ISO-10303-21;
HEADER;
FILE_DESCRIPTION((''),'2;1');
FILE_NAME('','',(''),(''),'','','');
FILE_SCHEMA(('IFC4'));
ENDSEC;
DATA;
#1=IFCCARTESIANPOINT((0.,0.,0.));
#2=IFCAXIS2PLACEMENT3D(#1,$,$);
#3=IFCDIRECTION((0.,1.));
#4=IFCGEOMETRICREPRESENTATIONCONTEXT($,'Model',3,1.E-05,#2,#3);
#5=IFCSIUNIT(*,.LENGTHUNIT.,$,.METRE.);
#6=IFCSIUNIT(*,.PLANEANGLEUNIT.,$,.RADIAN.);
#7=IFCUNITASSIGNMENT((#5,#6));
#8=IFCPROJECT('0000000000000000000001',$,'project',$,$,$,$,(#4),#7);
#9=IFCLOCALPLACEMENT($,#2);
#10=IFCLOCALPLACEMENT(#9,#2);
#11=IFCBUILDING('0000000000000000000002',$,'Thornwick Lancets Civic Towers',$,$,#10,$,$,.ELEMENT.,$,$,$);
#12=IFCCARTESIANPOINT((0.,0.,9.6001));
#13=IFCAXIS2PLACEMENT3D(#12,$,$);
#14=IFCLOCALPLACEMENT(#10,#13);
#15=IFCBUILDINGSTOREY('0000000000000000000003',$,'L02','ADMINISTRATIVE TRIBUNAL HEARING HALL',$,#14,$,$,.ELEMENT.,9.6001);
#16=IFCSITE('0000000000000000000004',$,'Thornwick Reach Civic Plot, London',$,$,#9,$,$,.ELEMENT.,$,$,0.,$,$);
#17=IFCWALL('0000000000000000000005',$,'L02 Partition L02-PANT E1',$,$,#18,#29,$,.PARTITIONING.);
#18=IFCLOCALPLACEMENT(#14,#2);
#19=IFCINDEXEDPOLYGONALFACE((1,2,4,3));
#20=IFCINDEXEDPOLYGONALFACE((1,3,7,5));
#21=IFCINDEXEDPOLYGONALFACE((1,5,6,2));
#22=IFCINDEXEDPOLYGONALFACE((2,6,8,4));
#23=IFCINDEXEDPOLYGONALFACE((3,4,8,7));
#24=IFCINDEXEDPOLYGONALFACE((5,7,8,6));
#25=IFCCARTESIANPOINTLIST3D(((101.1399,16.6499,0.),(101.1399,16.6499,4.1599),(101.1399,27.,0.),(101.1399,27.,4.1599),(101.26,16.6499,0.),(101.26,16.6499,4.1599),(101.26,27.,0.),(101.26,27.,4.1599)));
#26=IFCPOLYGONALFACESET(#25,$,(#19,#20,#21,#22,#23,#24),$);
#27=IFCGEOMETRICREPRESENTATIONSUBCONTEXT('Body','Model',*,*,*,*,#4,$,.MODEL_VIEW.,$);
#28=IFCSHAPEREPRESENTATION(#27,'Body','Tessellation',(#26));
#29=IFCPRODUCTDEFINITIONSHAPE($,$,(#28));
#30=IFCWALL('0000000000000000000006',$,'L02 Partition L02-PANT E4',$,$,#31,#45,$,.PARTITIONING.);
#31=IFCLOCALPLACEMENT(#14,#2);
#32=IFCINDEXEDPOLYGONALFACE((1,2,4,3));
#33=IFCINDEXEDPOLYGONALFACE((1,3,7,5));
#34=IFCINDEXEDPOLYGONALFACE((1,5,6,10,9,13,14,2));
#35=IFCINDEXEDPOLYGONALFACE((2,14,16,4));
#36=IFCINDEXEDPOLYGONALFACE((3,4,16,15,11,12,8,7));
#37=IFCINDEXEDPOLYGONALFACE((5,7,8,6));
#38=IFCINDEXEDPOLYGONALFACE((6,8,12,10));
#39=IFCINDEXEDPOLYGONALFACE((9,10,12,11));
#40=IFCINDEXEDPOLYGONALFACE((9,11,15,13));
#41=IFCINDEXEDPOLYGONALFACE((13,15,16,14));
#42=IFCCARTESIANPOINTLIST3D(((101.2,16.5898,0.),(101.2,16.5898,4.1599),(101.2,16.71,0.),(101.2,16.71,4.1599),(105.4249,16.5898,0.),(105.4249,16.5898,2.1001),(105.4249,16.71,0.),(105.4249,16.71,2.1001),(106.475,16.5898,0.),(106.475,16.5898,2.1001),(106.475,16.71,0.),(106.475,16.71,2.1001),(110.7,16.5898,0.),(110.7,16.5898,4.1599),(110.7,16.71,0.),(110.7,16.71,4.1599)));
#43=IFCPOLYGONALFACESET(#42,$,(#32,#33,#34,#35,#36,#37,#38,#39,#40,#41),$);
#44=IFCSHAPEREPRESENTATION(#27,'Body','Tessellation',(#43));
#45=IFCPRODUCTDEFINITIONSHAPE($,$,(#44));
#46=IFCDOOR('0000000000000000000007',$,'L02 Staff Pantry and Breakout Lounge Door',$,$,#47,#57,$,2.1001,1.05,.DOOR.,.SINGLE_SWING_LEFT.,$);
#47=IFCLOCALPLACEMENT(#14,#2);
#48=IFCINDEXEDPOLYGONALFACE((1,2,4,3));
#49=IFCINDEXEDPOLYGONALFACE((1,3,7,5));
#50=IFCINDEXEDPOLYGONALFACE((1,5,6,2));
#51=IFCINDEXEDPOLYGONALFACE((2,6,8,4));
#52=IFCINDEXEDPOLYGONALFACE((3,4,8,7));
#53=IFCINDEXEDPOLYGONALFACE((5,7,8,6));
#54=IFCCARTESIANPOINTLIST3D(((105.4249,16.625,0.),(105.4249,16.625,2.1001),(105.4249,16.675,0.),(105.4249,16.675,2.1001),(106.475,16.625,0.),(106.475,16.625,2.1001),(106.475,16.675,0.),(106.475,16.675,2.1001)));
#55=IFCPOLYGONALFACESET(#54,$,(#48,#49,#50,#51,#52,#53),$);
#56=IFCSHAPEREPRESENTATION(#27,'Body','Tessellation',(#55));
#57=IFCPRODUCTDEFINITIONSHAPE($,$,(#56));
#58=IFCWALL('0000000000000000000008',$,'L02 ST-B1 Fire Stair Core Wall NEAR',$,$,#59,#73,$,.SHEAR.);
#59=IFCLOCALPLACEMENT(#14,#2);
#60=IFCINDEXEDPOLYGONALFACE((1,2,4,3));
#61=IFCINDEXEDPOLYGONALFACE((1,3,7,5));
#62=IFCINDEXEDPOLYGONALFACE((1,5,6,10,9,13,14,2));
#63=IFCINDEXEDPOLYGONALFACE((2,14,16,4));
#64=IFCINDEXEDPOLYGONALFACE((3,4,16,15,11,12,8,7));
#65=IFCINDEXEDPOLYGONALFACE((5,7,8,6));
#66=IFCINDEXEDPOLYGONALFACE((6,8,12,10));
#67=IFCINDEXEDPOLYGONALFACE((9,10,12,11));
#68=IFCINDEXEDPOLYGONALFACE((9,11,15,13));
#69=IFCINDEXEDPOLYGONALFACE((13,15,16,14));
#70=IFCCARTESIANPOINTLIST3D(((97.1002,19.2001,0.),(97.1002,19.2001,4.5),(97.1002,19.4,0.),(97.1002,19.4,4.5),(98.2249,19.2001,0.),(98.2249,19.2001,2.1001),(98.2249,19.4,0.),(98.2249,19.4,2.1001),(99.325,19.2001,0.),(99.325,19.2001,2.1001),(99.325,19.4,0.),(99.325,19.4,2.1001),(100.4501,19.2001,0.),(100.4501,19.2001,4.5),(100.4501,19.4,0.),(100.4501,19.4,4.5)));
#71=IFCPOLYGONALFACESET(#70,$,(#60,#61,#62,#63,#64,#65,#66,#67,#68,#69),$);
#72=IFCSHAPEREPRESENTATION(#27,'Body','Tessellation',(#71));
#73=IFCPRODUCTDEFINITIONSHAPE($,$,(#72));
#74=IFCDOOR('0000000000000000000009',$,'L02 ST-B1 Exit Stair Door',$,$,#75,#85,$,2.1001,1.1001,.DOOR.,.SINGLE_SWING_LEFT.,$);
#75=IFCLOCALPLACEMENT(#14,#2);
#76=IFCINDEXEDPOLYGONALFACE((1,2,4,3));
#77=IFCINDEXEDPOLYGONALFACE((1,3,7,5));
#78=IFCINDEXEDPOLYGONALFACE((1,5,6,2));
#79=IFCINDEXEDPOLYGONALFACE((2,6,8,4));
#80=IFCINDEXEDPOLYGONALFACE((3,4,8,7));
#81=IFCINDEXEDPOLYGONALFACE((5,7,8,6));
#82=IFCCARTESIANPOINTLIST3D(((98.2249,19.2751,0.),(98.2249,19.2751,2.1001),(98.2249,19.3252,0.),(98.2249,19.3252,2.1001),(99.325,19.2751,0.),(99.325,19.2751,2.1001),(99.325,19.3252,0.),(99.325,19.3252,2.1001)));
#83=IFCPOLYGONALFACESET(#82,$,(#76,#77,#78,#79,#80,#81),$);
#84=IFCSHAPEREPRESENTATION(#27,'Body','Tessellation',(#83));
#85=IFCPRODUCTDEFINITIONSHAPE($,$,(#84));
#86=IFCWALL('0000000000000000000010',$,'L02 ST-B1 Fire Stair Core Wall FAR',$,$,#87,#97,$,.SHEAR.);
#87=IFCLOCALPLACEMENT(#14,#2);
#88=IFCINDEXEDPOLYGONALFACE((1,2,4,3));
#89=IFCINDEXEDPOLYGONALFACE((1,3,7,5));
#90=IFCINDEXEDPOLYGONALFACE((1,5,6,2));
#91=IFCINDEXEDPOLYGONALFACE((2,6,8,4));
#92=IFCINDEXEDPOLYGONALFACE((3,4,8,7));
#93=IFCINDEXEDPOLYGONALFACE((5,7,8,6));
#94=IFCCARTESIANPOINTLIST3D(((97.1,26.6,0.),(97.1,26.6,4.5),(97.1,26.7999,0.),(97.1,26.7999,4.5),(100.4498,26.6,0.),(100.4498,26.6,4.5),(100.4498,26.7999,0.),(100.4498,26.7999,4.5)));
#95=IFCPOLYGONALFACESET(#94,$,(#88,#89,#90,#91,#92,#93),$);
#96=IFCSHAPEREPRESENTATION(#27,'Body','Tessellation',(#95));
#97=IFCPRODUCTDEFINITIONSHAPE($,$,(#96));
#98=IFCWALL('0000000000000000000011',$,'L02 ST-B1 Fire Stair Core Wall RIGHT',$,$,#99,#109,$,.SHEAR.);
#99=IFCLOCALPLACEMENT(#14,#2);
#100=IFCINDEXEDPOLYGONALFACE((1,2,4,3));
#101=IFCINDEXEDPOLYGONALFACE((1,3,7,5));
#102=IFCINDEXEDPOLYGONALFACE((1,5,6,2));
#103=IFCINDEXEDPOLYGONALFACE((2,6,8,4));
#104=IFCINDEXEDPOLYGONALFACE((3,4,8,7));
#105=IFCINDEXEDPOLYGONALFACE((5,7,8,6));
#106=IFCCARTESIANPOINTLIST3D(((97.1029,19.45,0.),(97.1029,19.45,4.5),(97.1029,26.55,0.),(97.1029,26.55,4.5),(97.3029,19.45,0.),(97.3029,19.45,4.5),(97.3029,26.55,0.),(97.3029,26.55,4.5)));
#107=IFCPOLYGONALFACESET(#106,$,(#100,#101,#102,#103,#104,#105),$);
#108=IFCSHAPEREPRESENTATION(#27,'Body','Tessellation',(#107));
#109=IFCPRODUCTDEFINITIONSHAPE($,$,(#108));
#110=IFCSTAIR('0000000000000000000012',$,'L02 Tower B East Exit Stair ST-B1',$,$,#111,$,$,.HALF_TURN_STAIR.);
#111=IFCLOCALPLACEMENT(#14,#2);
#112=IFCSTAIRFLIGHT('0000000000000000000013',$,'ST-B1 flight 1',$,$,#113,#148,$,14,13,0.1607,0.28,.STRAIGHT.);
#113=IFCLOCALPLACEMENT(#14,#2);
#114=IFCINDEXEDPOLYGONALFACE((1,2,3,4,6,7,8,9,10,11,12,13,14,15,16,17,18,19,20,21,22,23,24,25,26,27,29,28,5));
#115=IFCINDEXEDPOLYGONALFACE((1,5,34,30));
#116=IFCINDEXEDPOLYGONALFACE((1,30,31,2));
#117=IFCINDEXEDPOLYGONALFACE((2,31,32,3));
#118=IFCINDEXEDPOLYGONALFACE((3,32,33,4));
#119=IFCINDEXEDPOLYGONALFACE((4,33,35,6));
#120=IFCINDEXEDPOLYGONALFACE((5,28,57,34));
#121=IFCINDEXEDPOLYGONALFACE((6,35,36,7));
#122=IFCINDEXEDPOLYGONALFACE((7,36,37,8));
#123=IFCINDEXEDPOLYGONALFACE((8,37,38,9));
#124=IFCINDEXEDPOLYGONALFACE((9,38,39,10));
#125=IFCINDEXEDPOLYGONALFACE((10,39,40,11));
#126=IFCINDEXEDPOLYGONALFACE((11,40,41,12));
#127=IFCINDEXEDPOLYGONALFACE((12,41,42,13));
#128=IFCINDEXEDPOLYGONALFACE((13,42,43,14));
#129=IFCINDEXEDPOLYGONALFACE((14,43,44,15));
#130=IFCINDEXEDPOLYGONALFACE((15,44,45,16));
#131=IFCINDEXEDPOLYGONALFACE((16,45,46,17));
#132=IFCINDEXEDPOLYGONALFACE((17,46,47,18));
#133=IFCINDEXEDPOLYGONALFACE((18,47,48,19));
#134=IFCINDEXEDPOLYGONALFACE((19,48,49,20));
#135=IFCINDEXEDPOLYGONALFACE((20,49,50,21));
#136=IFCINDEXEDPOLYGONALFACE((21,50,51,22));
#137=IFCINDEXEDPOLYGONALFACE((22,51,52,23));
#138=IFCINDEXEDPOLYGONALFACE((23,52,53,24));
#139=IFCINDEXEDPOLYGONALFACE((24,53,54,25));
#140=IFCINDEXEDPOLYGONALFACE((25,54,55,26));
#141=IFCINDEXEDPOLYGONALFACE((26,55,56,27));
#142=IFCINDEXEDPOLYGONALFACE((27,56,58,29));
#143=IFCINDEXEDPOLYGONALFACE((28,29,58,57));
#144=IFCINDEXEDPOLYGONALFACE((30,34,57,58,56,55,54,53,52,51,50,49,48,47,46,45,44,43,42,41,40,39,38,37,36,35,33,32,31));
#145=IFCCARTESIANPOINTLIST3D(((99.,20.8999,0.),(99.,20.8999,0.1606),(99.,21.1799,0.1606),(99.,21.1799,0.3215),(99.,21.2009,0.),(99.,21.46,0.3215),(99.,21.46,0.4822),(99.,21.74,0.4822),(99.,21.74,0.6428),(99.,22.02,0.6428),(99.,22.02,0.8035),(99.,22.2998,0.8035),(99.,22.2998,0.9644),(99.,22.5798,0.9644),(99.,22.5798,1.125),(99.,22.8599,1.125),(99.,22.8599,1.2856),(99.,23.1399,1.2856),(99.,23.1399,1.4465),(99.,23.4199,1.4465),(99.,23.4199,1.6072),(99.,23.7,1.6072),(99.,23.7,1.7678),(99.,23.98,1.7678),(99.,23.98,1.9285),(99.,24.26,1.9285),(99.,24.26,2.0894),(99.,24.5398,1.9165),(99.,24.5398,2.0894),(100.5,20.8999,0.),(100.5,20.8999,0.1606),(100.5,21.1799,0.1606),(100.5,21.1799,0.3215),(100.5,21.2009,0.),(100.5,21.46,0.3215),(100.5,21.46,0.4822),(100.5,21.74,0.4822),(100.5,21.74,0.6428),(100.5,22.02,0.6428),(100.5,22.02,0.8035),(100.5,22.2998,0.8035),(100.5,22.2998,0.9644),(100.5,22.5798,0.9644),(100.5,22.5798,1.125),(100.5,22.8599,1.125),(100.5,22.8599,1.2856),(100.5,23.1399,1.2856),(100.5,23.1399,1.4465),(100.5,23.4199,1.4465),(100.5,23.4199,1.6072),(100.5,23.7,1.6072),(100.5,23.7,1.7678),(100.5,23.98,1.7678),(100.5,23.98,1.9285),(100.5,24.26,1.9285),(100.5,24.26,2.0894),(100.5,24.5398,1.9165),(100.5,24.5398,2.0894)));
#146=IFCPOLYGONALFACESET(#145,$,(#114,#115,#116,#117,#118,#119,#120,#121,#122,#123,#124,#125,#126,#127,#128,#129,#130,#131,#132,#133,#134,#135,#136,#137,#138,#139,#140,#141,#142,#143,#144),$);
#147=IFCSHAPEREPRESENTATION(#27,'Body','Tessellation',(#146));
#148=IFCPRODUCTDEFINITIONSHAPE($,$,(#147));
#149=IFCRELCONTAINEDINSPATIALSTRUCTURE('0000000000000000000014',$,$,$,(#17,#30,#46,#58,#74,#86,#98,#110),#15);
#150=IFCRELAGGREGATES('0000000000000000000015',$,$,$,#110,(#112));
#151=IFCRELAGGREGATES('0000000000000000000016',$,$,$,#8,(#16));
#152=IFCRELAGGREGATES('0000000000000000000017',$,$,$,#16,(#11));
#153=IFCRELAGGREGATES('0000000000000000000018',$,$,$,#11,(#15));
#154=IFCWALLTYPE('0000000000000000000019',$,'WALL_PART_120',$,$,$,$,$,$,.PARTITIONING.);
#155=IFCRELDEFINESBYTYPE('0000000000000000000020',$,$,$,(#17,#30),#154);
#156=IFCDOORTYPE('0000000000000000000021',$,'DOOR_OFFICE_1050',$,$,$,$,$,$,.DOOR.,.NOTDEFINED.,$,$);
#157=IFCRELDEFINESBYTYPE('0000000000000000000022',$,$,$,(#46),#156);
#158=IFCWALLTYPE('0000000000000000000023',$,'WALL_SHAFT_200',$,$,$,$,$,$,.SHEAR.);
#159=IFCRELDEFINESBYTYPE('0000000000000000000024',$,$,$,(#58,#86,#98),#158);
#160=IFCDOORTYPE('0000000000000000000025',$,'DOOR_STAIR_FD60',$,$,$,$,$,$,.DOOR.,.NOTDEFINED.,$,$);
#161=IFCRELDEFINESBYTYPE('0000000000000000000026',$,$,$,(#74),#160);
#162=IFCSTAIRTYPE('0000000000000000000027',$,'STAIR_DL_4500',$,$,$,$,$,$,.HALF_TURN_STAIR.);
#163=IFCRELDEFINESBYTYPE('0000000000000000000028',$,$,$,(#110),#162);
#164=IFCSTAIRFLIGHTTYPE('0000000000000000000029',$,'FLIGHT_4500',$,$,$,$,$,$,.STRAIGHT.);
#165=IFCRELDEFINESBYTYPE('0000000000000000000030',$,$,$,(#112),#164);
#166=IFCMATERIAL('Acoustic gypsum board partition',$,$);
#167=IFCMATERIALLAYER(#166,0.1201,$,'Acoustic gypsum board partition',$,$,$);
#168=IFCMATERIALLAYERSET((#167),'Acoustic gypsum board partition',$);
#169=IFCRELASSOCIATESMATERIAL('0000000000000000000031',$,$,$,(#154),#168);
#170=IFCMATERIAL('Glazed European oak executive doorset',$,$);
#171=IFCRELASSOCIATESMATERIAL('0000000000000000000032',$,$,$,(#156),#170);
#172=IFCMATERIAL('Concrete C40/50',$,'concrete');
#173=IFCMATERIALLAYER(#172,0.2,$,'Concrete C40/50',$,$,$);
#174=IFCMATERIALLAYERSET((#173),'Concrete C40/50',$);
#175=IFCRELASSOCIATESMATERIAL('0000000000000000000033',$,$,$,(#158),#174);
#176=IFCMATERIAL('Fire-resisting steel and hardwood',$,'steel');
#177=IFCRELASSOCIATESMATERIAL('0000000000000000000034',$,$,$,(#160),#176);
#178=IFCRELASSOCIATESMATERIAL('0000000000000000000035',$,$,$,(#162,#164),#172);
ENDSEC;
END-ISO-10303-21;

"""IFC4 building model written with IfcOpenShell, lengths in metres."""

from ifc_helpers import new_model, si_unit, direction, frame, frame_2d, origin, place, context, subcontext, project, spatial, polyline, rectangle, outline, extrude, material, layer, layer_set, type_object, element, fill, aggregate, save


model = new_model("IFC4")

# Units and contexts
model_context = context("Model", 3, precision=1e-05, world=origin(), true_north=direction((0.0, 1.0)))
body_context = subcontext(model_context, "Body", "Model", "MODEL_VIEW")
ifc_project = project(units=[si_unit("LENGTHUNIT", "METRE"), si_unit("PLANEANGLEUNIT", "RADIAN")], contexts=[model_context])

# Site, building, storey
site_placement = place(None, origin())
site = spatial("IfcSite", under=ifc_project, at=site_placement, Name="Thornwick Reach Civic Plot, London", CompositionType="ELEMENT", RefElevation=0.0)
building_placement = place(site_placement, origin())
building = spatial("IfcBuilding", under=site, at=building_placement, Name="Thornwick Lancets Civic Towers", CompositionType="ELEMENT")
storey_placement = place(building_placement, frame((0.0, 0.0, 9.6001)))
storey = spatial("IfcBuildingStorey", under=building, at=storey_placement, Name="L02", Description="ADMINISTRATIVE TRIBUNAL HEARING HALL", CompositionType="ELEMENT", Elevation=9.6001)

# Shared definitions
ifc_material_1 = material(Name="Concrete C40/50", Category="concrete")

# Wall
ifc_material_2 = material(Name="Acoustic gypsum board partition")
ifc_layer_1 = layer(ifc_material_2, 0.1201, Name="Acoustic gypsum board partition")
ifc_layer_set_1 = layer_set([ifc_layer_1], Name="Acoustic gypsum board partition")
wall_type_1 = type_object("IfcWallType", Name="WALL_PART_120", PredefinedType="PARTITIONING", material=ifc_layer_set_1)
wall_1_placement = place(storey_placement, frame((101.2, 16.6499, 0.0), z_axis=(0.0, 0.0, 1.0), x_axis=(0.0, 1.0, 0.0)))
element("IfcWall", 1, at=wall_1_placement, inside=storey, type_object=wall_type_1, Name="L02 Partition L02-PANT E1", PredefinedType="PARTITIONING", context=body_context, shape_type="SweptSolid", body=[
    extrude(rectangle(XDim=10.3501, YDim=0.1201, at=frame_2d((5.175, 0.0))), origin(), (0.0, 0.0, 1.0), 4.1599),
])

# Walls, openings, doors
wall_2_placement = place(storey_placement, frame((110.7, 16.6499, 0.0), z_axis=(0.0, 0.0, 1.0), x_axis=(-1.0, 0.0, 0.0)))
wall_2 = element("IfcWall", 2, at=wall_2_placement, inside=storey, type_object=wall_type_1, Name="L02 Partition L02-PANT E4", PredefinedType="PARTITIONING", context=body_context, shape_type="SweptSolid", body=[
    extrude(rectangle(XDim=9.5, YDim=0.1201, at=frame_2d((4.75, 0.0))), origin(), (0.0, 0.0, 1.0), 4.1599),
])
opening_1_placement = place(wall_2_placement, frame((4.2251, 0.0, 0.0)))
opening_1 = element("IfcOpeningElement", 3, at=opening_1_placement, cuts=wall_2, PredefinedType="OPENING", context=body_context, shape_type="SweptSolid", body=[
    extrude(rectangle(XDim=1.05, YDim=2.1001, at=frame_2d((0.5249, 1.05))), frame((0.0, 0.0701, 0.0), z_axis=(0.0, -1.0, 0.0), x_axis=(1.0, 0.0, 0.0)), (0.0, 0.0, 1.0), 0.1401),
])
ifc_material_3 = material(Name="Glazed European oak executive doorset")
door_type_1 = type_object("IfcDoorType", Name="DOOR_OFFICE_1050", OperationType="NOTDEFINED", PredefinedType="DOOR", material=ifc_material_3)
door_1_placement = place(opening_1_placement, origin())
door_1 = element("IfcDoor", 4, at=door_1_placement, inside=storey, type_object=door_type_1, Name="L02 Staff Pantry and Breakout Lounge Door", OperationType="SINGLE_SWING_LEFT", OverallHeight=2.1001, OverallWidth=1.05, PredefinedType="DOOR", context=body_context, shape_type="SweptSolid", body=[
    extrude(rectangle(XDim=1.05, YDim=2.1001, at=frame_2d((0.5249, 1.05))), frame((0.0, 0.0249, 0.0), z_axis=(0.0, -1.0, 0.0), x_axis=(1.0, 0.0, 0.0)), (0.0, 0.0, 1.0), 0.05),
])
fill(opening_1, door_1)
ifc_layer_2 = layer(ifc_material_1, 0.2, Name="Concrete C40/50")
ifc_layer_set_2 = layer_set([ifc_layer_2], Name="Concrete C40/50")
wall_type_2 = type_object("IfcWallType", Name="WALL_SHAFT_200", PredefinedType="SHEAR", material=ifc_layer_set_2)
wall_3_placement = place(storey_placement, frame((100.45, 19.3, 0.0), z_axis=(0.0, 0.0, 1.0), x_axis=(-1.0, 0.0, 0.0)))
wall_3 = element("IfcWall", 5, at=wall_3_placement, inside=storey, type_object=wall_type_2, Name="L02 ST-B1 Fire Stair Core Wall NEAR", PredefinedType="SHEAR", context=body_context, shape_type="SweptSolid", body=[
    extrude(rectangle(XDim=3.3499, YDim=0.2, at=frame_2d((1.6748, 0.0))), origin(), (0.0, 0.0, 1.0), 4.5),
])
opening_2_placement = place(wall_3_placement, frame((1.125, 0.0, 0.0)))
opening_2 = element("IfcOpeningElement", 6, at=opening_2_placement, cuts=wall_3, PredefinedType="OPENING", context=body_context, shape_type="SweptSolid", body=[
    extrude(rectangle(XDim=1.1001, YDim=2.1001, at=frame_2d((0.55, 1.05))), frame((0.0, 0.1099, 0.0), z_axis=(0.0, -1.0, 0.0), x_axis=(1.0, 0.0, 0.0)), (0.0, 0.0, 1.0), 0.22),
])
ifc_material_4 = material(Name="Fire-resisting steel and hardwood", Category="steel")
door_type_2 = type_object("IfcDoorType", Name="DOOR_STAIR_FD60", OperationType="NOTDEFINED", PredefinedType="DOOR", material=ifc_material_4)
door_2_placement = place(opening_2_placement, origin())
door_2 = element("IfcDoor", 7, at=door_2_placement, inside=storey, type_object=door_type_2, Name="L02 ST-B1 Exit Stair Door", OperationType="SINGLE_SWING_LEFT", OverallHeight=2.1001, OverallWidth=1.1001, PredefinedType="DOOR", context=body_context, shape_type="SweptSolid", body=[
    extrude(rectangle(XDim=1.1001, YDim=2.1001, at=frame_2d((0.55, 1.05))), frame((0.0, 0.0249, 0.0), z_axis=(0.0, -1.0, 0.0), x_axis=(1.0, 0.0, 0.0)), (0.0, 0.0, 1.0), 0.05),
])
fill(opening_2, door_2)

# Walls
wall_4_placement = place(storey_placement, frame((97.1001, 26.7, 0.0), z_axis=(0.0, 0.0, 1.0), x_axis=(1.0, 0.0, 0.0)))
element("IfcWall", 8, at=wall_4_placement, inside=storey, type_object=wall_type_2, Name="L02 ST-B1 Fire Stair Core Wall FAR", PredefinedType="SHEAR", context=body_context, shape_type="SweptSolid", body=[
    extrude(rectangle(XDim=3.3499, YDim=0.2, at=frame_2d((1.6748, 0.0))), origin(), (0.0, 0.0, 1.0), 4.5),
])
wall_5_placement = place(storey_placement, frame((97.2029, 26.55, 0.0), z_axis=(0.0, 0.0, 1.0), x_axis=(0.0, -1.0, 0.0)))
element("IfcWall", 9, at=wall_5_placement, inside=storey, type_object=wall_type_2, Name="L02 ST-B1 Fire Stair Core Wall RIGHT", PredefinedType="SHEAR", context=body_context, shape_type="SweptSolid", body=[
    extrude(rectangle(XDim=7.1001, YDim=0.2, at=frame_2d((3.55, 0.0))), origin(), (0.0, 0.0, 1.0), 4.5),
])

# Stair, stair flight
stair_type = type_object("IfcStairType", Name="STAIR_DL_4500", PredefinedType="HALF_TURN_STAIR", material=ifc_material_1)
stair_placement = place(storey_placement, origin())
stair = element("IfcStair", 10, at=stair_placement, inside=storey, type_object=stair_type, Name="L02 Tower B East Exit Stair ST-B1", PredefinedType="HALF_TURN_STAIR")
stair_flight_type = type_object("IfcStairFlightType", Name="FLIGHT_4500", PredefinedType="STRAIGHT", material=ifc_material_1)
stair_flight_1_placement = place(storey_placement, frame((99.75, 20.8999, 0.0), z_axis=(0.0, 0.0, 1.0), x_axis=(0.0, 1.0, 0.0)))
stair_flight_1 = element("IfcStairFlight", 11, at=stair_flight_1_placement, type_object=stair_flight_type, Name="ST-B1 flight 1", NumberOfRisers=14, NumberOfTreads=13, PredefinedType="STRAIGHT", RiserHeight=0.1607, TreadLength=0.28, context=body_context, shape_type="SweptSolid", body=[
    extrude(outline(polyline([(0.0, 0.0), (0.0, 0.1606), (0.28, 0.1606), (0.28, 0.3215), (0.5601, 0.3215), (0.5601, 0.4822), (0.8401, 0.4822), (0.8401, 0.6428), (1.1201, 0.6428), (1.1201, 0.8035), (1.3999, 0.8035), (1.3999, 0.9644), (1.6799, 0.9644), (1.6799, 1.125), (1.96, 1.125), (1.96, 1.2856), (2.24, 1.2856), (2.24, 1.4465), (2.52, 1.4465), (2.52, 1.6072), (2.8, 1.6072), (2.8, 1.7678), (3.0801, 1.7678), (3.0801, 1.9285), (3.3601, 1.9285), (3.3601, 2.0894), (3.6399, 2.0894), (3.6399, 2.25), (3.6399, 1.9165), (0.301, 0.0), (0.0, 0.0)])), frame((0.0, 0.75, 0.0), z_axis=(0.0, -1.0, 0.0), x_axis=(1.0, 0.0, 0.0)), (0.0, 0.0, 1.0), 1.5),
])
aggregate(stair, [stair_flight_1])

save(model, "model.ifc")
